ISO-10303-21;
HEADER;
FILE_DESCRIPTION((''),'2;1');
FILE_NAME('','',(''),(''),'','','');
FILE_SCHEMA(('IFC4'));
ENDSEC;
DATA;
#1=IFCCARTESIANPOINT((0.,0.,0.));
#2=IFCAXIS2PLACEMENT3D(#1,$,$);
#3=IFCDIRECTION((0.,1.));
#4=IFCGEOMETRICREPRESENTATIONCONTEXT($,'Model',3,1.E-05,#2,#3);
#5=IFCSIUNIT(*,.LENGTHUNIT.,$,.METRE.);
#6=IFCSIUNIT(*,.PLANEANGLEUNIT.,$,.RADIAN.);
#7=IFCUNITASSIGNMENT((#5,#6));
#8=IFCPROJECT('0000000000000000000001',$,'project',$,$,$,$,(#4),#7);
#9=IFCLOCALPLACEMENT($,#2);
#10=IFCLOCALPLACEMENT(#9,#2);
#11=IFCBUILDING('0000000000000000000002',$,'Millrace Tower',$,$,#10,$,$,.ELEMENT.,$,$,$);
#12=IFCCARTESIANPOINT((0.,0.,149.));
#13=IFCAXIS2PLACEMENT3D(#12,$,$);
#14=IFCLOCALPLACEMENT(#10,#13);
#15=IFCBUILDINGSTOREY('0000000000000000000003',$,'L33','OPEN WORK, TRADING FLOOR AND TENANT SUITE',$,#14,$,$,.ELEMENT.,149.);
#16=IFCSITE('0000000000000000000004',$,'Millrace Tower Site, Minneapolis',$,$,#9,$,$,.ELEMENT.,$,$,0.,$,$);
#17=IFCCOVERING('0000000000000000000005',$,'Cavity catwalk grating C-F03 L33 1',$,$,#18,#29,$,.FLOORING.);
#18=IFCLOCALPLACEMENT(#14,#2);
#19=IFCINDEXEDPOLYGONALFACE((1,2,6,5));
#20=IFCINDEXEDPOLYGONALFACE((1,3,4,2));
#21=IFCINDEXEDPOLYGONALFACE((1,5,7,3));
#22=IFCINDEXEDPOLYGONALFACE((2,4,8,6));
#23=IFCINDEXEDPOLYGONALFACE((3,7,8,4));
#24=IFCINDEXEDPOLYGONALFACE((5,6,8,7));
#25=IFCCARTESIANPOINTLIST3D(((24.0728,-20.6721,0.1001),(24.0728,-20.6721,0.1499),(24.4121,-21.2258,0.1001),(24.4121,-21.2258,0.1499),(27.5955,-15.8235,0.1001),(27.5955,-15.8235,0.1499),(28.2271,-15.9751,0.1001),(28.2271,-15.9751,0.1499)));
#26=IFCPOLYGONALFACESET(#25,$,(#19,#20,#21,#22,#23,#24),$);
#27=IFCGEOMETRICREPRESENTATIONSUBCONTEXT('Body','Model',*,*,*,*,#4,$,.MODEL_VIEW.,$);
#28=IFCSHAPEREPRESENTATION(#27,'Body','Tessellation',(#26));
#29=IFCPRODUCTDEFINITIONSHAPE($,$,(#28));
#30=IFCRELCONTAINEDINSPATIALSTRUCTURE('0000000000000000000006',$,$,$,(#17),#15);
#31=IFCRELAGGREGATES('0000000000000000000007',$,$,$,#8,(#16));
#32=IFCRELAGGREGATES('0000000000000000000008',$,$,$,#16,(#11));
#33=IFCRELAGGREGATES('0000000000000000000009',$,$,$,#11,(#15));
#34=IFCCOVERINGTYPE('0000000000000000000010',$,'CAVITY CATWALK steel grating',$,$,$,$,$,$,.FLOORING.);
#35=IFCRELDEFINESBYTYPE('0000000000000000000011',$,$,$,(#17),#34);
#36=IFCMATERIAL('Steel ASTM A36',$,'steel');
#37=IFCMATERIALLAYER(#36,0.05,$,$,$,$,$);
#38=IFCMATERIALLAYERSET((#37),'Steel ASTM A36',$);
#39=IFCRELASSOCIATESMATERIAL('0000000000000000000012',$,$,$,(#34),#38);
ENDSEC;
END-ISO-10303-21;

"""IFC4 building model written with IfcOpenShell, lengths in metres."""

from ifc_helpers import new_model, si_unit, direction, frame, origin, place, context, subcontext, project, spatial, polyline, outline, extrude, material, layer, layer_set, type_object, element, save


model = new_model("IFC4")

# Units and contexts
model_context = context("Model", 3, precision=1e-05, world=origin(), true_north=direction((0.0, 1.0)))
body_context = subcontext(model_context, "Body", "Model", "MODEL_VIEW")
ifc_project = project(units=[si_unit("LENGTHUNIT", "METRE"), si_unit("PLANEANGLEUNIT", "RADIAN")], contexts=[model_context])

# Site, building, storey
site_placement = place(None, origin())
site = spatial("IfcSite", under=ifc_project, at=site_placement, Name="Millrace Tower Site, Minneapolis", CompositionType="ELEMENT", RefElevation=0.0)
building_placement = place(site_placement, origin())
building = spatial("IfcBuilding", under=site, at=building_placement, Name="Millrace Tower", CompositionType="ELEMENT")
storey_placement = place(building_placement, frame((0.0, 0.0, 149.0)))
storey = spatial("IfcBuildingStorey", under=building, at=storey_placement, Name="L33", Description="OPEN WORK, TRADING FLOOR AND TENANT SUITE", CompositionType="ELEMENT", Elevation=149.0)

# Covering
ifc_material_1 = material(Name="Steel ASTM A36", Category="steel")
ifc_layer_1 = layer(ifc_material_1, 0.05)
ifc_layer_set_1 = layer_set([ifc_layer_1], Name="Steel ASTM A36")
covering_type = type_object("IfcCoveringType", Name="CAVITY CATWALK steel grating", PredefinedType="FLOORING", material=ifc_layer_set_1)
placement_1 = place(storey_placement, frame((0.0, 0.0, 0.1001)))
element("IfcCovering", 1, at=placement_1, inside=storey, type_object=covering_type, Name="Cavity catwalk grating C-F03 L33 1", PredefinedType="FLOORING", context=body_context, shape_type="SweptSolid", body=[
    extrude(outline(polyline([(24.4121, -21.2258), (28.2271, -15.9751), (27.5955, -15.8235), (24.0728, -20.6721), (24.4121, -21.2258)])), origin(), (0.0, 0.0, 1.0), 0.0498),
])

save(model, "model.ifc")
